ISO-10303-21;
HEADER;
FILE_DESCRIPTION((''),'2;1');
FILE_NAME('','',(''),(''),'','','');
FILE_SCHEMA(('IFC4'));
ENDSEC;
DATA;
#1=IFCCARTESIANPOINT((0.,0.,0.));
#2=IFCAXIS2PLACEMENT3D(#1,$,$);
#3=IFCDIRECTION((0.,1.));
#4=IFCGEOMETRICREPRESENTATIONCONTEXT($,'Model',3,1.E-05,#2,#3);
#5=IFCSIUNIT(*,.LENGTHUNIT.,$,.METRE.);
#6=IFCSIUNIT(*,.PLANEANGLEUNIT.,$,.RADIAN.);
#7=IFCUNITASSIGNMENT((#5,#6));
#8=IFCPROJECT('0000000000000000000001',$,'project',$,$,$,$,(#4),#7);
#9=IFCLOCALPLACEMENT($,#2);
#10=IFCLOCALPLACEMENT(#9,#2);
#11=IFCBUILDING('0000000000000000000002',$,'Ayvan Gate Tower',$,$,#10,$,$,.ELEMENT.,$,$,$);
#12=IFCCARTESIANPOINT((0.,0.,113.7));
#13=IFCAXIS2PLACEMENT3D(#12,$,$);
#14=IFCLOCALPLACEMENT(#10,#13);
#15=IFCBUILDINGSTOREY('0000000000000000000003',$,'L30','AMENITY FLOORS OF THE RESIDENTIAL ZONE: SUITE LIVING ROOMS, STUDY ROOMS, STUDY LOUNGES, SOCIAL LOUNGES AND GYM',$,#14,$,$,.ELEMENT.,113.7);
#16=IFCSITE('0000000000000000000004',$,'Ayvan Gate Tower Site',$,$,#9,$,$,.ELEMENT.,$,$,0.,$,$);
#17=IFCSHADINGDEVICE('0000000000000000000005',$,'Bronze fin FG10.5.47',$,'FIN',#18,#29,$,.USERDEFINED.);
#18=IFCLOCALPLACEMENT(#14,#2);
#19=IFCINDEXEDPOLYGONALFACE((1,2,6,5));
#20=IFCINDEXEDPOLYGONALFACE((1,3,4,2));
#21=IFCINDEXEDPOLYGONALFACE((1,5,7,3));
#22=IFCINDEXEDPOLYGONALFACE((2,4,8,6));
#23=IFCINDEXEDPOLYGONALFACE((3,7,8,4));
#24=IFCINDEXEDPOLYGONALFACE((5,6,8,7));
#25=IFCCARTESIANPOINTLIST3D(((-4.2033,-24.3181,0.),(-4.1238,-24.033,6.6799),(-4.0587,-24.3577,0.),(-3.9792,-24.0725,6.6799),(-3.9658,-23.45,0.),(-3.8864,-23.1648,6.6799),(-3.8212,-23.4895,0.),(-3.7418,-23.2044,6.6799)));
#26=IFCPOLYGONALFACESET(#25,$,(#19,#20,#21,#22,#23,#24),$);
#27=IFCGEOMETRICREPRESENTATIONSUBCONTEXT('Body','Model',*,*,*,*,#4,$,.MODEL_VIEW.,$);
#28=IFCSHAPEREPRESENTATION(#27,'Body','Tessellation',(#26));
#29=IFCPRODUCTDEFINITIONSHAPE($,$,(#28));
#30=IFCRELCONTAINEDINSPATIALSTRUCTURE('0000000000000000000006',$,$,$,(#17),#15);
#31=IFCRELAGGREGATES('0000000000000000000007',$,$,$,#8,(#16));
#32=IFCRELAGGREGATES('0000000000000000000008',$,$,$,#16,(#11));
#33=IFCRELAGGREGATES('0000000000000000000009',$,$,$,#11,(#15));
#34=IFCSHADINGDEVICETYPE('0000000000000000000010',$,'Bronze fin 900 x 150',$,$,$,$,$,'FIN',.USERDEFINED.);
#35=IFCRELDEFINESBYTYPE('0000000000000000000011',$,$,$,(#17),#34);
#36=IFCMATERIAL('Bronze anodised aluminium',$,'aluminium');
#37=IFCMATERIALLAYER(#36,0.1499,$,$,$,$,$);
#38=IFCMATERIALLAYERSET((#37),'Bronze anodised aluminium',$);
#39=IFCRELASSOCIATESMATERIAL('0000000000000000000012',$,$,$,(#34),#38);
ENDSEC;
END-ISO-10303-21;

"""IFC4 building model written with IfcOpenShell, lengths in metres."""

from ifc_helpers import new_model, si_unit, direction, frame, origin, place, context, subcontext, project, spatial, polyline, outline, extrude, material, layer, layer_set, type_object, element, save


model = new_model("IFC4")

# Units and contexts
model_context = context("Model", 3, precision=1e-05, world=origin(), true_north=direction((0.0, 1.0)))
body_context = subcontext(model_context, "Body", "Model", "MODEL_VIEW")
ifc_project = project(units=[si_unit("LENGTHUNIT", "METRE"), si_unit("PLANEANGLEUNIT", "RADIAN")], contexts=[model_context])

# Site, building, storey
site_placement = place(None, origin())
site = spatial("IfcSite", under=ifc_project, at=site_placement, Name="Ayvan Gate Tower Site", CompositionType="ELEMENT", RefElevation=0.0)
building_placement = place(site_placement, origin())
building = spatial("IfcBuilding", under=site, at=building_placement, Name="Ayvan Gate Tower", CompositionType="ELEMENT")
storey_placement = place(building_placement, frame((0.0, 0.0, 113.7)))
storey = spatial("IfcBuildingStorey", under=building, at=storey_placement, Name="L30", Description="AMENITY FLOORS OF THE RESIDENTIAL ZONE: SUITE LIVING ROOMS, STUDY ROOMS, STUDY LOUNGES, SOCIAL LOUNGES AND GYM", CompositionType="ELEMENT", Elevation=113.7)

# Shared definitions
ifc_material_1 = material(Name="Bronze anodised aluminium", Category="aluminium")

# Shading device
ifc_layer_1 = layer(ifc_material_1, 0.1499)
ifc_layer_set_1 = layer_set([ifc_layer_1], Name="Bronze anodised aluminium")
shading_device_type = type_object("IfcShadingDeviceType", Name="Bronze fin 900 x 150", ElementType="FIN", PredefinedType="USERDEFINED", material=ifc_layer_set_1)
shading_device_1_placement = place(storey_placement, frame((-3.9658, -23.45, 0.0), z_axis=(-0.964579, 0.263794, 0.000214), x_axis=(-0.263794, -0.964579, 0.0)))
element("IfcShadingDevice", 1, at=shading_device_1_placement, inside=storey, type_object=shading_device_type, Name="Bronze fin FG10.5.47", ObjectType="FIN", PredefinedType="USERDEFINED", context=body_context, shape_type="SweptSolid", body=[
    extrude(outline(polyline([(0.0, 0.0), (0.9001, 0.0), (0.604, 6.6799), (-0.296, 6.6799), (0.0, 0.0)])), origin(), (0.0, 0.0, -1.0), 0.1499),
])

save(model, "model.ifc")
